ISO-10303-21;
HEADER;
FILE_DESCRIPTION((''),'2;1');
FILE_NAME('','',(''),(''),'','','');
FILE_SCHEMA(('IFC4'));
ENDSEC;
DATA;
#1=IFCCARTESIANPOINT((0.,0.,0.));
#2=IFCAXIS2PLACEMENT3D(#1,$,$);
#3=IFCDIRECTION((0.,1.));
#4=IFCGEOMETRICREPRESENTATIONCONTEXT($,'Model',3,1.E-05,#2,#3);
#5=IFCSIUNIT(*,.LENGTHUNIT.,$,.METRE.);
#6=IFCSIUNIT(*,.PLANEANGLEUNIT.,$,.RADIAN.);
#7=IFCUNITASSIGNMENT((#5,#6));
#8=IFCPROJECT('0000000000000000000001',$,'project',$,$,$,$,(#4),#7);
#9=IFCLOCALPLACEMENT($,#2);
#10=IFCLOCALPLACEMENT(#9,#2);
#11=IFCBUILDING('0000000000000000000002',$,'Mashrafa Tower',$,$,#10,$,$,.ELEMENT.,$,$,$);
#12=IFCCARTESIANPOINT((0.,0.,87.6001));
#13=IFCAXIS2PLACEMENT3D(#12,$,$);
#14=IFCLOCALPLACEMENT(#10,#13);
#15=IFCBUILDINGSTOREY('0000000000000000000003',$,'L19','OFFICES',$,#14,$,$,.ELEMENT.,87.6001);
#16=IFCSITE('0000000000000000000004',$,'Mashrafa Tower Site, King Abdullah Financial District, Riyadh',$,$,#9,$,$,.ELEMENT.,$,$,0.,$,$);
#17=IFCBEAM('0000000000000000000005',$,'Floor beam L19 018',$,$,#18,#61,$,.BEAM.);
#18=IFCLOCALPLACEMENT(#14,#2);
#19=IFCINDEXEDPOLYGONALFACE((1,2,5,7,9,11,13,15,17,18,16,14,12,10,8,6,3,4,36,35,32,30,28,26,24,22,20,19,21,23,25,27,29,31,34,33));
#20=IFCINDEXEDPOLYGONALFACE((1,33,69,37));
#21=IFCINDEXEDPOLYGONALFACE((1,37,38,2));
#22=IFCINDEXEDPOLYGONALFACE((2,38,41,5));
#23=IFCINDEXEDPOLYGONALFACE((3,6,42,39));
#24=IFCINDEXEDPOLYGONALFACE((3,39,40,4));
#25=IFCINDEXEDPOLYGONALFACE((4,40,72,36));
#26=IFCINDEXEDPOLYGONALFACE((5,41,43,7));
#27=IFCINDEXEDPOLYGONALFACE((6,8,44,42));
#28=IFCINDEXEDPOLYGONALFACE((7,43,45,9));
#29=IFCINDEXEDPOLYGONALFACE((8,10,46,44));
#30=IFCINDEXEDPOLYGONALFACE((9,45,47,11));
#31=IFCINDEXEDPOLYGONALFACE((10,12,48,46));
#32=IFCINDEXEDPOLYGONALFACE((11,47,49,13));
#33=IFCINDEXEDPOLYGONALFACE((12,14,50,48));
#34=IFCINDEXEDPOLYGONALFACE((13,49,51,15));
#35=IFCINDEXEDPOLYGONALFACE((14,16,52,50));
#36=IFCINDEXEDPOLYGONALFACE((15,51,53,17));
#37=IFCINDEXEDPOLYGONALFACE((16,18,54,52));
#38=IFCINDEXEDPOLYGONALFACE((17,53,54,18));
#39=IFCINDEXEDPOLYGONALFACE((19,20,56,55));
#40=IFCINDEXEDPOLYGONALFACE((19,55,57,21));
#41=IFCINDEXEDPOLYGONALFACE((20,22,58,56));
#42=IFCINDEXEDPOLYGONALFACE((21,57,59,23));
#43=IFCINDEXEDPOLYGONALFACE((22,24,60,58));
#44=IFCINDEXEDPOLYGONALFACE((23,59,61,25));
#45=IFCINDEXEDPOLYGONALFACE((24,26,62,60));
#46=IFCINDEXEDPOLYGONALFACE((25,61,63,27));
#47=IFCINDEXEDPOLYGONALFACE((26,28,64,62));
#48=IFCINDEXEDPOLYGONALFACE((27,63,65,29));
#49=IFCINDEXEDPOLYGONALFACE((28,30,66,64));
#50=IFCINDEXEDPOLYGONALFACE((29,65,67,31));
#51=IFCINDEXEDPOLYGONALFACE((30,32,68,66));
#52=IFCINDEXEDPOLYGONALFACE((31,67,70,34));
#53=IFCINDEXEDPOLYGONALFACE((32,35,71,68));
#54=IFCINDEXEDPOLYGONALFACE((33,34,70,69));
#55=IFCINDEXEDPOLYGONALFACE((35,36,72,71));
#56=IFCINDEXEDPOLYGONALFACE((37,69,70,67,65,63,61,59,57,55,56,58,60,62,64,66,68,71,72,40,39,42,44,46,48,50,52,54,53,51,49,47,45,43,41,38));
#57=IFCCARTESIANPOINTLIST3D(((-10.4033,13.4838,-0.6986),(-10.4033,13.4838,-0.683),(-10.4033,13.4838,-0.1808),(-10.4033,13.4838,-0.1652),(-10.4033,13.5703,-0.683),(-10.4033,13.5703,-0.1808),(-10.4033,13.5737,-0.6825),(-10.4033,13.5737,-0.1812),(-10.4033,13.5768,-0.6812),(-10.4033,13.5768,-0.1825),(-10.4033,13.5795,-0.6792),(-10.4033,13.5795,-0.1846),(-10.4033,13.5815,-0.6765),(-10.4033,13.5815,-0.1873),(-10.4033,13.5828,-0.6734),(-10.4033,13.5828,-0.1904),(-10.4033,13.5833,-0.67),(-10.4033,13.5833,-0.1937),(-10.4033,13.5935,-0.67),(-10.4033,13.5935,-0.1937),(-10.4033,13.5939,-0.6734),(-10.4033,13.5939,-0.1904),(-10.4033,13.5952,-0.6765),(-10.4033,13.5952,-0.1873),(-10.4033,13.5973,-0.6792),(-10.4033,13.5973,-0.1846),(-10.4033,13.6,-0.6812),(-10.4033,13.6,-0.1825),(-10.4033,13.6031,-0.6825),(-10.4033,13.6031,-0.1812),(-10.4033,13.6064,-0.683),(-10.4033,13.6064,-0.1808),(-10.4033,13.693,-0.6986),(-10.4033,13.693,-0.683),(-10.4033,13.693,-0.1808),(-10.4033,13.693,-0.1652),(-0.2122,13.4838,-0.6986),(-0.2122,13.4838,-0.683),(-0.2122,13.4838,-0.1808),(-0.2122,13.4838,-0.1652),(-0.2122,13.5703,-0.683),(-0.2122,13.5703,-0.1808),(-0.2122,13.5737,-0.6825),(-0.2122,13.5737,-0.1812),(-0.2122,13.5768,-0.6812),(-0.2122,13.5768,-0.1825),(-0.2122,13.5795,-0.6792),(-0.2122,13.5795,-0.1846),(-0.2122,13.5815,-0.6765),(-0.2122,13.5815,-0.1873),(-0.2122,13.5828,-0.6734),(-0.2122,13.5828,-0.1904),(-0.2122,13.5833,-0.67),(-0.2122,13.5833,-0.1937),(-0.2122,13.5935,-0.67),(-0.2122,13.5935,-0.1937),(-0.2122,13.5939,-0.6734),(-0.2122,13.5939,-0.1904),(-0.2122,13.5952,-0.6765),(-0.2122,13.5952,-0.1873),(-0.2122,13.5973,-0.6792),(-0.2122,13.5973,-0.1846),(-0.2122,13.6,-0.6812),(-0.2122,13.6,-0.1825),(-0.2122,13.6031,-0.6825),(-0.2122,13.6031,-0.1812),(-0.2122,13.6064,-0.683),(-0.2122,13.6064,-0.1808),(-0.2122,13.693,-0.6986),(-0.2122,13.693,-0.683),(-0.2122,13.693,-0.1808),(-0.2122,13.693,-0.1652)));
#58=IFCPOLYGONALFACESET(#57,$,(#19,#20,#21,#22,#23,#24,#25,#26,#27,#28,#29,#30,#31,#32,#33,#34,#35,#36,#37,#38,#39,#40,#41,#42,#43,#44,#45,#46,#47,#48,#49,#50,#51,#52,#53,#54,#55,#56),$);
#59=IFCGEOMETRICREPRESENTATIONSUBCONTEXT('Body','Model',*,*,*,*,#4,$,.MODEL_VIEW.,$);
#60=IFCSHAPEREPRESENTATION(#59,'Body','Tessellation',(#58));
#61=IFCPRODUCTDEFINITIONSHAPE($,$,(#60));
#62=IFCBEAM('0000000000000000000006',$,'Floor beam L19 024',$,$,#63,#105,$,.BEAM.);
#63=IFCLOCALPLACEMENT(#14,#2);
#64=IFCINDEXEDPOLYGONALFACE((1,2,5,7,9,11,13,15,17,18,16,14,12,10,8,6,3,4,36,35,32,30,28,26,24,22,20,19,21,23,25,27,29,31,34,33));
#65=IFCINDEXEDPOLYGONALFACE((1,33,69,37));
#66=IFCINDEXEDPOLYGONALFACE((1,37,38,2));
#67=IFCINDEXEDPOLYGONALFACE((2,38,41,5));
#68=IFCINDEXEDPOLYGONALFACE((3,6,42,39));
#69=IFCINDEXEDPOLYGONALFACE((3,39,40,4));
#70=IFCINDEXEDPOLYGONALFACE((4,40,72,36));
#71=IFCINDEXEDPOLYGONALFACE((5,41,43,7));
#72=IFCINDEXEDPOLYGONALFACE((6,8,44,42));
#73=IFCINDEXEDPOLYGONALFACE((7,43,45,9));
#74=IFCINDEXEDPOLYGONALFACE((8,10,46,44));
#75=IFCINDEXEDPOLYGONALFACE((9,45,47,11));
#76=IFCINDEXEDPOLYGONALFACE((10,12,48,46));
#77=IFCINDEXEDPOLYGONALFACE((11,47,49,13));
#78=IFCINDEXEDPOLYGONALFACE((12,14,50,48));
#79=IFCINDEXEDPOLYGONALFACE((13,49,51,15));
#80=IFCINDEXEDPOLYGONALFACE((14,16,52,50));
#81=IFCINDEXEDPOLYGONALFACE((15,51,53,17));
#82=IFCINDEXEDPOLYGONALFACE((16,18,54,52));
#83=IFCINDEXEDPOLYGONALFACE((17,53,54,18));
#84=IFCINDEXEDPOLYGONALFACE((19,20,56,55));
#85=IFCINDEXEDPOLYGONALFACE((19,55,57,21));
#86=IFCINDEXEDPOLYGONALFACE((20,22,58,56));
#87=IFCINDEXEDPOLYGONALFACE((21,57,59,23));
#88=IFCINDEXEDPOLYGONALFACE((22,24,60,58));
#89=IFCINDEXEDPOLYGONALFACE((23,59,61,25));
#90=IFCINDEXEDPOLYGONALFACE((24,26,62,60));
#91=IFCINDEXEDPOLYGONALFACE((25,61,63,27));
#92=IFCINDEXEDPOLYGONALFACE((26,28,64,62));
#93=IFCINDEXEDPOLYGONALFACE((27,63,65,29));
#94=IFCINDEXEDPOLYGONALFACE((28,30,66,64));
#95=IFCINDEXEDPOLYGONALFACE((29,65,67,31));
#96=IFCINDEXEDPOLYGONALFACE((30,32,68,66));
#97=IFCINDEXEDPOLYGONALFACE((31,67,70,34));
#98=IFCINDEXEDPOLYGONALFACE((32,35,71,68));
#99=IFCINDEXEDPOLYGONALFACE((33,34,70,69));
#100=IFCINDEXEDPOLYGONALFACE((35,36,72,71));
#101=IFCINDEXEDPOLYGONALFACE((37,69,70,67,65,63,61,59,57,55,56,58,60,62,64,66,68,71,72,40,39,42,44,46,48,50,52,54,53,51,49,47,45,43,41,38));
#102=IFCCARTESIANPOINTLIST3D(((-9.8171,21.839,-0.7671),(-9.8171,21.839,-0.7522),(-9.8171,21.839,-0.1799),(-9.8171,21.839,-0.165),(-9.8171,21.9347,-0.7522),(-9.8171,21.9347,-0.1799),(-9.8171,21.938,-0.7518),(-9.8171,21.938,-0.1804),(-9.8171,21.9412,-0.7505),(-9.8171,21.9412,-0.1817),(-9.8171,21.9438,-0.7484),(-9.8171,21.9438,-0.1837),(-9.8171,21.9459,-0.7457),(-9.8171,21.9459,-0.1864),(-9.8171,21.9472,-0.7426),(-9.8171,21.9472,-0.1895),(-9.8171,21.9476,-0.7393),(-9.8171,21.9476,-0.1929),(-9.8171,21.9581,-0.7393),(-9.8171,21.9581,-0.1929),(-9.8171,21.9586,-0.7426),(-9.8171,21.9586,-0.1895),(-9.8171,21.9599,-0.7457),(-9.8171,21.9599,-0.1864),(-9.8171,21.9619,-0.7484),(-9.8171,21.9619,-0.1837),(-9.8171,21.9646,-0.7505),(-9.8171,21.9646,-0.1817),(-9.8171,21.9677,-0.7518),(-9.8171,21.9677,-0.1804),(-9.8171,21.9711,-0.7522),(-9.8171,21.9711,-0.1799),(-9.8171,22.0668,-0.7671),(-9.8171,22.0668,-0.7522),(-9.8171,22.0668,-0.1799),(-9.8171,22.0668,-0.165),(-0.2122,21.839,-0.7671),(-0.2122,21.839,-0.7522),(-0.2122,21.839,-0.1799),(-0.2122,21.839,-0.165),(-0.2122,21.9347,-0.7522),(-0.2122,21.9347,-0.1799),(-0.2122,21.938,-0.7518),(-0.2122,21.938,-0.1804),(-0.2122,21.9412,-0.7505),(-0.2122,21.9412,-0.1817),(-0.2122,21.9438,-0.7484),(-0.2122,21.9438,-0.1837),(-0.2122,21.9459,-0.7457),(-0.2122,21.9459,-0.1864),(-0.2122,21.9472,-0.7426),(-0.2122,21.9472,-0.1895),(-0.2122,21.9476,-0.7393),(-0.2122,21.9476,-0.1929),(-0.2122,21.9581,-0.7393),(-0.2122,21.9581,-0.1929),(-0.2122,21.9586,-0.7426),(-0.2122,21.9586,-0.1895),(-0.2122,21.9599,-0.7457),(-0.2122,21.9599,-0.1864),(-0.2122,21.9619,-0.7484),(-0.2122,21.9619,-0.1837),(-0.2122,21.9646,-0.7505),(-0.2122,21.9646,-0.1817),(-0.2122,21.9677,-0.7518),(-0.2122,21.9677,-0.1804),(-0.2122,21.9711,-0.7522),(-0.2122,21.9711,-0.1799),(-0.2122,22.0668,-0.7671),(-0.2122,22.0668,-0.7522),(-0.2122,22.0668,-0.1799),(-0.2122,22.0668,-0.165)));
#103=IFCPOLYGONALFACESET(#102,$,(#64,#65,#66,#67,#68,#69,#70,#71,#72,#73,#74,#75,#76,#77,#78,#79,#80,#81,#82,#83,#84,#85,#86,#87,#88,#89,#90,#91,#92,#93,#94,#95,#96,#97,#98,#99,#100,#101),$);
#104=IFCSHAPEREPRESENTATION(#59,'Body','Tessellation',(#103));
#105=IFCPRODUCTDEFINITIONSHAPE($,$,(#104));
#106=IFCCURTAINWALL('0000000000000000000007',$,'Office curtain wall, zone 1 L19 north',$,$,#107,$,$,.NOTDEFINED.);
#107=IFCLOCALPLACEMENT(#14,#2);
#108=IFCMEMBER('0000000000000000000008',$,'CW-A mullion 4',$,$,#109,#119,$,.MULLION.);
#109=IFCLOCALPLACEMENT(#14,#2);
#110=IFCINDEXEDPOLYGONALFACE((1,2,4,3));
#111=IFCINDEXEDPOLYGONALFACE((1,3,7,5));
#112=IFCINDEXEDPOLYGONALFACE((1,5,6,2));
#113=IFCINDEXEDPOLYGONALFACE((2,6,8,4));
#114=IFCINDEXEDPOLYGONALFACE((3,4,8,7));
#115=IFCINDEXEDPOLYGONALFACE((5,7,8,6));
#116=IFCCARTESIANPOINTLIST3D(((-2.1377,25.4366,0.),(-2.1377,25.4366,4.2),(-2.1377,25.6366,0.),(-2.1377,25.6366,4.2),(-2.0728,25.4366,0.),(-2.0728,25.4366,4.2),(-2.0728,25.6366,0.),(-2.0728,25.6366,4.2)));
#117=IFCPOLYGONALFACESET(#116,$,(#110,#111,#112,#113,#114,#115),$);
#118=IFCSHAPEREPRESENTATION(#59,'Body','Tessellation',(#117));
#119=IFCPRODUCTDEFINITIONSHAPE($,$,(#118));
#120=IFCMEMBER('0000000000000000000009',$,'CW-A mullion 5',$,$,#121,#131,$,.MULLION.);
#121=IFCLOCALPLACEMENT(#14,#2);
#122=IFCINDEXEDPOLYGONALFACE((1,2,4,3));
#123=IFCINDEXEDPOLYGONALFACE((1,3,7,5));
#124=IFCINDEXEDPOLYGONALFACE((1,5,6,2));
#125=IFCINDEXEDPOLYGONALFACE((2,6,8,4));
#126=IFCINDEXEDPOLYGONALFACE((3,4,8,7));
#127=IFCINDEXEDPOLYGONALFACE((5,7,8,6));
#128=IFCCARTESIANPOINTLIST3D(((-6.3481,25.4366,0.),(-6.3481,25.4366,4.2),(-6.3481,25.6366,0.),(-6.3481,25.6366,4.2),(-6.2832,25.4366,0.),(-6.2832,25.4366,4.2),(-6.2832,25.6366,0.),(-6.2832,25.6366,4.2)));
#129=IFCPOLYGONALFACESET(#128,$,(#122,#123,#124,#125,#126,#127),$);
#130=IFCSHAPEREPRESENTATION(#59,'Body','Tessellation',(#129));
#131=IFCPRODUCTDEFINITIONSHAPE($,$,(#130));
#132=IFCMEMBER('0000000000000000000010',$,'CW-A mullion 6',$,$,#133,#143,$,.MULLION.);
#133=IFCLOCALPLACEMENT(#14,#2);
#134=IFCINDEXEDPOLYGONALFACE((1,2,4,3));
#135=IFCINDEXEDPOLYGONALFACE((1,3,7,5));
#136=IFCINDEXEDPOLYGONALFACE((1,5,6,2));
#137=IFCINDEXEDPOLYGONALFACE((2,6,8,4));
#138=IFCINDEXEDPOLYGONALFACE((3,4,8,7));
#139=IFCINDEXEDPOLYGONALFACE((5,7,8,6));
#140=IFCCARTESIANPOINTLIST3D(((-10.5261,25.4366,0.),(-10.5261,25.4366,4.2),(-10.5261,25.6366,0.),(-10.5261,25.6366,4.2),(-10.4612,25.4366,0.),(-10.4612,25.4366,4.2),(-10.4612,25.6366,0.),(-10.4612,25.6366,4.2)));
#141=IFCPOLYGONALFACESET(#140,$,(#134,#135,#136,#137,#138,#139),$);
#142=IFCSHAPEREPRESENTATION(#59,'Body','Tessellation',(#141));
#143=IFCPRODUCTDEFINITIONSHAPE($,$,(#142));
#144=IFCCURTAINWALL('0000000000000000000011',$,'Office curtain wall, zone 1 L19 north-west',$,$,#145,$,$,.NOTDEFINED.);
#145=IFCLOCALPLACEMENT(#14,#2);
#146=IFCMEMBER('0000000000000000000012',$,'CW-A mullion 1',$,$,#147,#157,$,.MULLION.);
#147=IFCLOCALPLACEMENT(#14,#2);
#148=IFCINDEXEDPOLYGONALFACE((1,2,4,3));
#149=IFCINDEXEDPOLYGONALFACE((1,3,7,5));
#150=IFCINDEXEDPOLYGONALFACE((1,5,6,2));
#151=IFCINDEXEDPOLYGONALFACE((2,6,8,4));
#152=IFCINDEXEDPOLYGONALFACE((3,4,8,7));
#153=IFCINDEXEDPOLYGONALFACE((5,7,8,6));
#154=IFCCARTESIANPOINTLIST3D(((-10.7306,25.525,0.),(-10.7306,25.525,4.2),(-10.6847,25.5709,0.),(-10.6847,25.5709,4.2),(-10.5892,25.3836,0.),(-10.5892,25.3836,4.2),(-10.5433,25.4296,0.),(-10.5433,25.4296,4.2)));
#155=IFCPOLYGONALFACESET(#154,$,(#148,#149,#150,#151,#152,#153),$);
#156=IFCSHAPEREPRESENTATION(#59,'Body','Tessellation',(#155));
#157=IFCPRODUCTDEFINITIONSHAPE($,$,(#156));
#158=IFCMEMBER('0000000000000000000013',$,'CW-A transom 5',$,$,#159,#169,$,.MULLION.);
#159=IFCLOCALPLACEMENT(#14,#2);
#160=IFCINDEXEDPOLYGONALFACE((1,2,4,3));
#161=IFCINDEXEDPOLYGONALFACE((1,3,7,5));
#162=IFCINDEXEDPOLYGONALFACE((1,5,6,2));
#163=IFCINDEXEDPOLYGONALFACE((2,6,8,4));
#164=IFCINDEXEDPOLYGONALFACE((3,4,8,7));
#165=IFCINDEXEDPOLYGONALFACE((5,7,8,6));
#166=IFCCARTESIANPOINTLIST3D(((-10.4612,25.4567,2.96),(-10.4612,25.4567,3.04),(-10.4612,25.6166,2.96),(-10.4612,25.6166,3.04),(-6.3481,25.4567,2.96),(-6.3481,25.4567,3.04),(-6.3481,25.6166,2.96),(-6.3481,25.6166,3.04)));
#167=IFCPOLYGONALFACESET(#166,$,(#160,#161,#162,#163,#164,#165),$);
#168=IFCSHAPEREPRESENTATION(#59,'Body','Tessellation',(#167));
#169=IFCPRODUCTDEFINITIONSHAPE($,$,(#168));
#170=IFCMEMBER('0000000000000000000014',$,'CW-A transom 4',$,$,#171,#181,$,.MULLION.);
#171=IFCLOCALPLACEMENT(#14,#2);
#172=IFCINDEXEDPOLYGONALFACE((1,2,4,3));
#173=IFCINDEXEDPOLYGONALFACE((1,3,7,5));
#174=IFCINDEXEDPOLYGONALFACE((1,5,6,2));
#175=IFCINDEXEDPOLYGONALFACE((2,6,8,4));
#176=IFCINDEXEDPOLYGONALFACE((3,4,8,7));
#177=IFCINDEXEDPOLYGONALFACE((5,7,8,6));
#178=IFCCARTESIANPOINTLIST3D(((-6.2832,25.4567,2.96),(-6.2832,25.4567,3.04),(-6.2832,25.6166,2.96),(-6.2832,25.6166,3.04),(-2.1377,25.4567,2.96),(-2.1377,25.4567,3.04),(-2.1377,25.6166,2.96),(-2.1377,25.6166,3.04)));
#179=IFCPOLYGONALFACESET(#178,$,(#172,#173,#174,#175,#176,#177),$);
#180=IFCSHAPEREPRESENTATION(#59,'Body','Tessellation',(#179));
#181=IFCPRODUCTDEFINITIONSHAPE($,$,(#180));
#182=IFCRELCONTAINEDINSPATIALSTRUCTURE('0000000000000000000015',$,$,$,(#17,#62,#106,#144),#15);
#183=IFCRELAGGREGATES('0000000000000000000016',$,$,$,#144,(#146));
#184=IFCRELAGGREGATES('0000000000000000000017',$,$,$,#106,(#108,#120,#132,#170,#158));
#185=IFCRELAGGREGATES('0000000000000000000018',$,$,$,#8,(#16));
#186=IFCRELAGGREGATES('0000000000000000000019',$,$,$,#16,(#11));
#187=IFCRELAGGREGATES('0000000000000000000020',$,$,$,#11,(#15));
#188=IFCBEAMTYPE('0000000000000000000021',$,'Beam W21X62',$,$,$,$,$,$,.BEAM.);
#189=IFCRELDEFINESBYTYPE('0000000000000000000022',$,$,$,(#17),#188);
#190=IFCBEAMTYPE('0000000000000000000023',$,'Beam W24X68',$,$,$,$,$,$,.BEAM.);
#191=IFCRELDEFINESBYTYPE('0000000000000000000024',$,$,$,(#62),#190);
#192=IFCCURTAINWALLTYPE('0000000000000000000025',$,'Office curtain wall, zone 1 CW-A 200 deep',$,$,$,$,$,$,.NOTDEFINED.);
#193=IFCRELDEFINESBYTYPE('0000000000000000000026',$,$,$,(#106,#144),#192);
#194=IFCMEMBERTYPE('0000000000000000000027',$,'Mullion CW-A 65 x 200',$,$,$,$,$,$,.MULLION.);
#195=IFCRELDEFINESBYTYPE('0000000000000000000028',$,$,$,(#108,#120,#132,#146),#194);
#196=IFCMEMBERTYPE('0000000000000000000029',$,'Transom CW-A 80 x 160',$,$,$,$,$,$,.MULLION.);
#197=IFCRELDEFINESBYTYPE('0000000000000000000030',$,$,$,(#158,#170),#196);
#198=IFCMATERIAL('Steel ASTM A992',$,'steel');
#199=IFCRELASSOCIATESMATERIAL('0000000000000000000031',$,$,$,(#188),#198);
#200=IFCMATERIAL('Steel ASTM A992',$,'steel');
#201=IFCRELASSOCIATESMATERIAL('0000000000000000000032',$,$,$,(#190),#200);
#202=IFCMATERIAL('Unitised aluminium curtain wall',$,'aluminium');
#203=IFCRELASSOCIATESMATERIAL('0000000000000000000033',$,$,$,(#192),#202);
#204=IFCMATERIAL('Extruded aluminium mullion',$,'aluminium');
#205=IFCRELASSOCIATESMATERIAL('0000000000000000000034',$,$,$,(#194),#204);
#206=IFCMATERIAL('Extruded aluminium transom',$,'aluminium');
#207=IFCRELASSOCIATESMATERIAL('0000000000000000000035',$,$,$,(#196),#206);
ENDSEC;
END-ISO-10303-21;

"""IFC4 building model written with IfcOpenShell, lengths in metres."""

from ifc_helpers import new_model, si_unit, direction, frame, origin, origin_2d, place, context, subcontext, project, spatial, rectangle, i_section, extrude, source, transform, mapped, material, material_profile, profile_set, type_object, type_shapes, element, aggregate, save


model = new_model("IFC4")

# Units and contexts
model_context = context("Model", 3, precision=1e-05, world=origin(), true_north=direction((0.0, 1.0)))
body_context = subcontext(model_context, "Body", "Model", "MODEL_VIEW")
ifc_project = project(units=[si_unit("LENGTHUNIT", "METRE"), si_unit("PLANEANGLEUNIT", "RADIAN")], contexts=[model_context])

# Site, building, storey
site_placement = place(None, origin())
site = spatial("IfcSite", under=ifc_project, at=site_placement, Name="Mashrafa Tower Site, King Abdullah Financial District, Riyadh", CompositionType="ELEMENT", RefElevation=0.0)
building_placement = place(site_placement, origin())
building = spatial("IfcBuilding", under=site, at=building_placement, Name="Mashrafa Tower", CompositionType="ELEMENT")
storey_placement = place(building_placement, frame((0.0, 0.0, 87.6001)))
storey = spatial("IfcBuildingStorey", under=building, at=storey_placement, Name="L19", Description="OFFICES", CompositionType="ELEMENT", Elevation=87.6001)

# Beams
ifc_material_1 = material(Name="Steel ASTM A992", Category="steel")
ifc_material_profile_1 = material_profile(ifc_material_1, i_section(OverallWidth=0.2092, OverallDepth=0.5334, WebThickness=0.0103, FlangeThickness=0.0156, FilletRadius=0.0129, at=origin_2d()), Name="W21X62")
ifc_profile_set_1 = profile_set([ifc_material_profile_1], Name="Steel ASTM A992")
beam_type_1 = type_object("IfcBeamType", Name="Beam W21X62", PredefinedType="BEAM", material=ifc_profile_set_1)
beam_1_placement = place(storey_placement, frame((-10.4033, 13.5884, -0.4319), z_axis=(1.0, 0.0, 0.0), x_axis=(0.0, 1.0, 0.0)))
element("IfcBeam", 1, at=beam_1_placement, inside=storey, type_object=beam_type_1, Name="Floor beam L19 018", PredefinedType="BEAM", context=body_context, shape_type="SweptSolid", body=[
    extrude(i_section(OverallWidth=0.2092, OverallDepth=0.5334, WebThickness=0.0103, FlangeThickness=0.0156, FilletRadius=0.0129, at=origin_2d()), origin(), (0.0, 0.0, 1.0), 10.1912),
])
ifc_material_2 = material(Name="Steel ASTM A992", Category="steel")
ifc_material_profile_2 = material_profile(ifc_material_2, i_section(OverallWidth=0.2278, OverallDepth=0.6021, WebThickness=0.0105, FlangeThickness=0.0149, FilletRadius=0.0129, at=origin_2d()), Name="W24X68")
ifc_profile_set_2 = profile_set([ifc_material_profile_2], Name="Steel ASTM A992")
beam_type_2 = type_object("IfcBeamType", Name="Beam W24X68", PredefinedType="BEAM", material=ifc_profile_set_2)
beam_2_placement = place(storey_placement, frame((-9.8171, 21.9529, -0.4661), z_axis=(1.0, 0.0, 0.0), x_axis=(0.0, 1.0, 0.0)))
element("IfcBeam", 2, at=beam_2_placement, inside=storey, type_object=beam_type_2, Name="Floor beam L19 024", PredefinedType="BEAM", context=body_context, shape_type="SweptSolid", body=[
    extrude(i_section(OverallWidth=0.2278, OverallDepth=0.6021, WebThickness=0.0105, FlangeThickness=0.0149, FilletRadius=0.0129, at=origin_2d()), origin(), (0.0, 0.0, 1.0), 9.605),
])

# Curtain wall, members
ifc_material_3 = material(Name="Unitised aluminium curtain wall", Category="aluminium")
curtain_wall_type = type_object("IfcCurtainWallType", Name="Office curtain wall, zone 1 CW-A 200 deep", PredefinedType="NOTDEFINED", material=ifc_material_3)
curtain_wall_1_placement = place(storey_placement, origin())
curtain_wall_1 = element("IfcCurtainWall", 3, at=curtain_wall_1_placement, inside=storey, type_object=curtain_wall_type, Name="Office curtain wall, zone 1 L19 north", PredefinedType="NOTDEFINED")
ifc_material_4 = material(Name="Extruded aluminium mullion", Category="aluminium")
ifc_material_profile_3 = material_profile(ifc_material_4, rectangle(XDim=0.2, YDim=0.0649, at=origin_2d()), Name="Mullion 65x200")
ifc_profile_set_3 = profile_set([ifc_material_profile_3], Name="Extruded aluminium mullion")
member_type_1 = type_object("IfcMemberType", Name="Mullion CW-A 65 x 200", PredefinedType="MULLION", material=ifc_profile_set_3)
shared_shape_1 = source(origin(), body_context, "Body", "SweptSolid", [
    extrude(rectangle(XDim=0.2, YDim=0.0649, at=origin_2d()), origin(), (0.0, 0.0, 1.0), 4.2),
])
type_shapes(member_type_1, [shared_shape_1])
member_1_placement = place(storey_placement, frame((-2.1052, 25.5366, 0.0), z_axis=(0.0, 0.0, 1.0), x_axis=(0.0, -1.0, 0.0)))
member_1 = element("IfcMember", 4, at=member_1_placement, type_object=member_type_1, Name="CW-A mullion 4", PredefinedType="MULLION", context=body_context, shape_type="MappedRepresentation", body=[
    mapped(shared_shape_1, transform((0.0, 0.0, 0.0))),
])
member_2_placement = place(storey_placement, frame((-6.3157, 25.5366, 0.0), z_axis=(0.0, 0.0, 1.0), x_axis=(0.0, -1.0, 0.0)))
member_2 = element("IfcMember", 5, at=member_2_placement, type_object=member_type_1, Name="CW-A mullion 5", PredefinedType="MULLION", context=body_context, shape_type="MappedRepresentation", body=[
    mapped(shared_shape_1, transform((0.0, 0.0, 0.0))),
])
member_3_placement = place(storey_placement, frame((-10.4937, 25.5366, 0.0), z_axis=(0.0, 0.0, 1.0), x_axis=(0.0, -1.0, 0.0)))
member_3 = element("IfcMember", 6, at=member_3_placement, type_object=member_type_1, Name="CW-A mullion 6", PredefinedType="MULLION", context=body_context, shape_type="MappedRepresentation", body=[
    mapped(shared_shape_1, transform((0.0, 0.0, 0.0))),
])

# Curtain wall, member
curtain_wall_2_placement = place(storey_placement, origin())
curtain_wall_2 = element("IfcCurtainWall", 7, at=curtain_wall_2_placement, inside=storey, type_object=curtain_wall_type, Name="Office curtain wall, zone 1 L19 north-west", PredefinedType="NOTDEFINED")
member_4_placement = place(storey_placement, frame((-10.637, 25.4773, 0.0), z_axis=(0.0, 0.0, 1.0), x_axis=(0.707107, -0.707107, 0.0)))
member_4 = element("IfcMember", 8, at=member_4_placement, type_object=member_type_1, Name="CW-A mullion 1", PredefinedType="MULLION", context=body_context, shape_type="MappedRepresentation", body=[
    mapped(shared_shape_1, transform((0.0, 0.0, 0.0))),
])

# Members
ifc_material_5 = material(Name="Extruded aluminium transom", Category="aluminium")
ifc_material_profile_4 = material_profile(ifc_material_5, rectangle(XDim=0.1599, YDim=0.0801, at=origin_2d()), Name="Transom 80x160")
ifc_profile_set_4 = profile_set([ifc_material_profile_4], Name="Extruded aluminium transom")
member_type_2 = type_object("IfcMemberType", Name="Transom CW-A 80 x 160", PredefinedType="MULLION", material=ifc_profile_set_4)
shared_shape_2 = source(origin(), body_context, "Body", "SweptSolid", [
    extrude(rectangle(XDim=0.1599, YDim=0.0801, at=origin_2d()), origin(), (0.0, 0.0, 1.0), 4.113),
])
member_5_placement = place(storey_placement, frame((-6.3481, 25.5366, 3.0), z_axis=(-1.0, 0.0, 0.0), x_axis=(0.0, -1.0, 0.0)))
member_5 = element("IfcMember", 9, at=member_5_placement, type_object=member_type_2, Name="CW-A transom 5", PredefinedType="MULLION", context=body_context, shape_type="MappedRepresentation", body=[
    mapped(shared_shape_2, transform((0.0, 0.0, 0.0))),
])
shared_shape_3 = source(origin(), body_context, "Body", "SweptSolid", [
    extrude(rectangle(XDim=0.1599, YDim=0.0801, at=origin_2d()), origin(), (0.0, 0.0, 1.0), 4.1455),
])
member_6_placement = place(storey_placement, frame((-2.1377, 25.5366, 3.0), z_axis=(-1.0, 0.0, 0.0), x_axis=(0.0, -1.0, 0.0)))
member_6 = element("IfcMember", 10, at=member_6_placement, type_object=member_type_2, Name="CW-A transom 4", PredefinedType="MULLION", context=body_context, shape_type="MappedRepresentation", body=[
    mapped(shared_shape_3, transform((0.0, 0.0, 0.0))),
])

aggregate(curtain_wall_2, [member_4])
aggregate(curtain_wall_1, [member_1, member_2, member_3, member_6, member_5])

save(model, "model.ifc")
